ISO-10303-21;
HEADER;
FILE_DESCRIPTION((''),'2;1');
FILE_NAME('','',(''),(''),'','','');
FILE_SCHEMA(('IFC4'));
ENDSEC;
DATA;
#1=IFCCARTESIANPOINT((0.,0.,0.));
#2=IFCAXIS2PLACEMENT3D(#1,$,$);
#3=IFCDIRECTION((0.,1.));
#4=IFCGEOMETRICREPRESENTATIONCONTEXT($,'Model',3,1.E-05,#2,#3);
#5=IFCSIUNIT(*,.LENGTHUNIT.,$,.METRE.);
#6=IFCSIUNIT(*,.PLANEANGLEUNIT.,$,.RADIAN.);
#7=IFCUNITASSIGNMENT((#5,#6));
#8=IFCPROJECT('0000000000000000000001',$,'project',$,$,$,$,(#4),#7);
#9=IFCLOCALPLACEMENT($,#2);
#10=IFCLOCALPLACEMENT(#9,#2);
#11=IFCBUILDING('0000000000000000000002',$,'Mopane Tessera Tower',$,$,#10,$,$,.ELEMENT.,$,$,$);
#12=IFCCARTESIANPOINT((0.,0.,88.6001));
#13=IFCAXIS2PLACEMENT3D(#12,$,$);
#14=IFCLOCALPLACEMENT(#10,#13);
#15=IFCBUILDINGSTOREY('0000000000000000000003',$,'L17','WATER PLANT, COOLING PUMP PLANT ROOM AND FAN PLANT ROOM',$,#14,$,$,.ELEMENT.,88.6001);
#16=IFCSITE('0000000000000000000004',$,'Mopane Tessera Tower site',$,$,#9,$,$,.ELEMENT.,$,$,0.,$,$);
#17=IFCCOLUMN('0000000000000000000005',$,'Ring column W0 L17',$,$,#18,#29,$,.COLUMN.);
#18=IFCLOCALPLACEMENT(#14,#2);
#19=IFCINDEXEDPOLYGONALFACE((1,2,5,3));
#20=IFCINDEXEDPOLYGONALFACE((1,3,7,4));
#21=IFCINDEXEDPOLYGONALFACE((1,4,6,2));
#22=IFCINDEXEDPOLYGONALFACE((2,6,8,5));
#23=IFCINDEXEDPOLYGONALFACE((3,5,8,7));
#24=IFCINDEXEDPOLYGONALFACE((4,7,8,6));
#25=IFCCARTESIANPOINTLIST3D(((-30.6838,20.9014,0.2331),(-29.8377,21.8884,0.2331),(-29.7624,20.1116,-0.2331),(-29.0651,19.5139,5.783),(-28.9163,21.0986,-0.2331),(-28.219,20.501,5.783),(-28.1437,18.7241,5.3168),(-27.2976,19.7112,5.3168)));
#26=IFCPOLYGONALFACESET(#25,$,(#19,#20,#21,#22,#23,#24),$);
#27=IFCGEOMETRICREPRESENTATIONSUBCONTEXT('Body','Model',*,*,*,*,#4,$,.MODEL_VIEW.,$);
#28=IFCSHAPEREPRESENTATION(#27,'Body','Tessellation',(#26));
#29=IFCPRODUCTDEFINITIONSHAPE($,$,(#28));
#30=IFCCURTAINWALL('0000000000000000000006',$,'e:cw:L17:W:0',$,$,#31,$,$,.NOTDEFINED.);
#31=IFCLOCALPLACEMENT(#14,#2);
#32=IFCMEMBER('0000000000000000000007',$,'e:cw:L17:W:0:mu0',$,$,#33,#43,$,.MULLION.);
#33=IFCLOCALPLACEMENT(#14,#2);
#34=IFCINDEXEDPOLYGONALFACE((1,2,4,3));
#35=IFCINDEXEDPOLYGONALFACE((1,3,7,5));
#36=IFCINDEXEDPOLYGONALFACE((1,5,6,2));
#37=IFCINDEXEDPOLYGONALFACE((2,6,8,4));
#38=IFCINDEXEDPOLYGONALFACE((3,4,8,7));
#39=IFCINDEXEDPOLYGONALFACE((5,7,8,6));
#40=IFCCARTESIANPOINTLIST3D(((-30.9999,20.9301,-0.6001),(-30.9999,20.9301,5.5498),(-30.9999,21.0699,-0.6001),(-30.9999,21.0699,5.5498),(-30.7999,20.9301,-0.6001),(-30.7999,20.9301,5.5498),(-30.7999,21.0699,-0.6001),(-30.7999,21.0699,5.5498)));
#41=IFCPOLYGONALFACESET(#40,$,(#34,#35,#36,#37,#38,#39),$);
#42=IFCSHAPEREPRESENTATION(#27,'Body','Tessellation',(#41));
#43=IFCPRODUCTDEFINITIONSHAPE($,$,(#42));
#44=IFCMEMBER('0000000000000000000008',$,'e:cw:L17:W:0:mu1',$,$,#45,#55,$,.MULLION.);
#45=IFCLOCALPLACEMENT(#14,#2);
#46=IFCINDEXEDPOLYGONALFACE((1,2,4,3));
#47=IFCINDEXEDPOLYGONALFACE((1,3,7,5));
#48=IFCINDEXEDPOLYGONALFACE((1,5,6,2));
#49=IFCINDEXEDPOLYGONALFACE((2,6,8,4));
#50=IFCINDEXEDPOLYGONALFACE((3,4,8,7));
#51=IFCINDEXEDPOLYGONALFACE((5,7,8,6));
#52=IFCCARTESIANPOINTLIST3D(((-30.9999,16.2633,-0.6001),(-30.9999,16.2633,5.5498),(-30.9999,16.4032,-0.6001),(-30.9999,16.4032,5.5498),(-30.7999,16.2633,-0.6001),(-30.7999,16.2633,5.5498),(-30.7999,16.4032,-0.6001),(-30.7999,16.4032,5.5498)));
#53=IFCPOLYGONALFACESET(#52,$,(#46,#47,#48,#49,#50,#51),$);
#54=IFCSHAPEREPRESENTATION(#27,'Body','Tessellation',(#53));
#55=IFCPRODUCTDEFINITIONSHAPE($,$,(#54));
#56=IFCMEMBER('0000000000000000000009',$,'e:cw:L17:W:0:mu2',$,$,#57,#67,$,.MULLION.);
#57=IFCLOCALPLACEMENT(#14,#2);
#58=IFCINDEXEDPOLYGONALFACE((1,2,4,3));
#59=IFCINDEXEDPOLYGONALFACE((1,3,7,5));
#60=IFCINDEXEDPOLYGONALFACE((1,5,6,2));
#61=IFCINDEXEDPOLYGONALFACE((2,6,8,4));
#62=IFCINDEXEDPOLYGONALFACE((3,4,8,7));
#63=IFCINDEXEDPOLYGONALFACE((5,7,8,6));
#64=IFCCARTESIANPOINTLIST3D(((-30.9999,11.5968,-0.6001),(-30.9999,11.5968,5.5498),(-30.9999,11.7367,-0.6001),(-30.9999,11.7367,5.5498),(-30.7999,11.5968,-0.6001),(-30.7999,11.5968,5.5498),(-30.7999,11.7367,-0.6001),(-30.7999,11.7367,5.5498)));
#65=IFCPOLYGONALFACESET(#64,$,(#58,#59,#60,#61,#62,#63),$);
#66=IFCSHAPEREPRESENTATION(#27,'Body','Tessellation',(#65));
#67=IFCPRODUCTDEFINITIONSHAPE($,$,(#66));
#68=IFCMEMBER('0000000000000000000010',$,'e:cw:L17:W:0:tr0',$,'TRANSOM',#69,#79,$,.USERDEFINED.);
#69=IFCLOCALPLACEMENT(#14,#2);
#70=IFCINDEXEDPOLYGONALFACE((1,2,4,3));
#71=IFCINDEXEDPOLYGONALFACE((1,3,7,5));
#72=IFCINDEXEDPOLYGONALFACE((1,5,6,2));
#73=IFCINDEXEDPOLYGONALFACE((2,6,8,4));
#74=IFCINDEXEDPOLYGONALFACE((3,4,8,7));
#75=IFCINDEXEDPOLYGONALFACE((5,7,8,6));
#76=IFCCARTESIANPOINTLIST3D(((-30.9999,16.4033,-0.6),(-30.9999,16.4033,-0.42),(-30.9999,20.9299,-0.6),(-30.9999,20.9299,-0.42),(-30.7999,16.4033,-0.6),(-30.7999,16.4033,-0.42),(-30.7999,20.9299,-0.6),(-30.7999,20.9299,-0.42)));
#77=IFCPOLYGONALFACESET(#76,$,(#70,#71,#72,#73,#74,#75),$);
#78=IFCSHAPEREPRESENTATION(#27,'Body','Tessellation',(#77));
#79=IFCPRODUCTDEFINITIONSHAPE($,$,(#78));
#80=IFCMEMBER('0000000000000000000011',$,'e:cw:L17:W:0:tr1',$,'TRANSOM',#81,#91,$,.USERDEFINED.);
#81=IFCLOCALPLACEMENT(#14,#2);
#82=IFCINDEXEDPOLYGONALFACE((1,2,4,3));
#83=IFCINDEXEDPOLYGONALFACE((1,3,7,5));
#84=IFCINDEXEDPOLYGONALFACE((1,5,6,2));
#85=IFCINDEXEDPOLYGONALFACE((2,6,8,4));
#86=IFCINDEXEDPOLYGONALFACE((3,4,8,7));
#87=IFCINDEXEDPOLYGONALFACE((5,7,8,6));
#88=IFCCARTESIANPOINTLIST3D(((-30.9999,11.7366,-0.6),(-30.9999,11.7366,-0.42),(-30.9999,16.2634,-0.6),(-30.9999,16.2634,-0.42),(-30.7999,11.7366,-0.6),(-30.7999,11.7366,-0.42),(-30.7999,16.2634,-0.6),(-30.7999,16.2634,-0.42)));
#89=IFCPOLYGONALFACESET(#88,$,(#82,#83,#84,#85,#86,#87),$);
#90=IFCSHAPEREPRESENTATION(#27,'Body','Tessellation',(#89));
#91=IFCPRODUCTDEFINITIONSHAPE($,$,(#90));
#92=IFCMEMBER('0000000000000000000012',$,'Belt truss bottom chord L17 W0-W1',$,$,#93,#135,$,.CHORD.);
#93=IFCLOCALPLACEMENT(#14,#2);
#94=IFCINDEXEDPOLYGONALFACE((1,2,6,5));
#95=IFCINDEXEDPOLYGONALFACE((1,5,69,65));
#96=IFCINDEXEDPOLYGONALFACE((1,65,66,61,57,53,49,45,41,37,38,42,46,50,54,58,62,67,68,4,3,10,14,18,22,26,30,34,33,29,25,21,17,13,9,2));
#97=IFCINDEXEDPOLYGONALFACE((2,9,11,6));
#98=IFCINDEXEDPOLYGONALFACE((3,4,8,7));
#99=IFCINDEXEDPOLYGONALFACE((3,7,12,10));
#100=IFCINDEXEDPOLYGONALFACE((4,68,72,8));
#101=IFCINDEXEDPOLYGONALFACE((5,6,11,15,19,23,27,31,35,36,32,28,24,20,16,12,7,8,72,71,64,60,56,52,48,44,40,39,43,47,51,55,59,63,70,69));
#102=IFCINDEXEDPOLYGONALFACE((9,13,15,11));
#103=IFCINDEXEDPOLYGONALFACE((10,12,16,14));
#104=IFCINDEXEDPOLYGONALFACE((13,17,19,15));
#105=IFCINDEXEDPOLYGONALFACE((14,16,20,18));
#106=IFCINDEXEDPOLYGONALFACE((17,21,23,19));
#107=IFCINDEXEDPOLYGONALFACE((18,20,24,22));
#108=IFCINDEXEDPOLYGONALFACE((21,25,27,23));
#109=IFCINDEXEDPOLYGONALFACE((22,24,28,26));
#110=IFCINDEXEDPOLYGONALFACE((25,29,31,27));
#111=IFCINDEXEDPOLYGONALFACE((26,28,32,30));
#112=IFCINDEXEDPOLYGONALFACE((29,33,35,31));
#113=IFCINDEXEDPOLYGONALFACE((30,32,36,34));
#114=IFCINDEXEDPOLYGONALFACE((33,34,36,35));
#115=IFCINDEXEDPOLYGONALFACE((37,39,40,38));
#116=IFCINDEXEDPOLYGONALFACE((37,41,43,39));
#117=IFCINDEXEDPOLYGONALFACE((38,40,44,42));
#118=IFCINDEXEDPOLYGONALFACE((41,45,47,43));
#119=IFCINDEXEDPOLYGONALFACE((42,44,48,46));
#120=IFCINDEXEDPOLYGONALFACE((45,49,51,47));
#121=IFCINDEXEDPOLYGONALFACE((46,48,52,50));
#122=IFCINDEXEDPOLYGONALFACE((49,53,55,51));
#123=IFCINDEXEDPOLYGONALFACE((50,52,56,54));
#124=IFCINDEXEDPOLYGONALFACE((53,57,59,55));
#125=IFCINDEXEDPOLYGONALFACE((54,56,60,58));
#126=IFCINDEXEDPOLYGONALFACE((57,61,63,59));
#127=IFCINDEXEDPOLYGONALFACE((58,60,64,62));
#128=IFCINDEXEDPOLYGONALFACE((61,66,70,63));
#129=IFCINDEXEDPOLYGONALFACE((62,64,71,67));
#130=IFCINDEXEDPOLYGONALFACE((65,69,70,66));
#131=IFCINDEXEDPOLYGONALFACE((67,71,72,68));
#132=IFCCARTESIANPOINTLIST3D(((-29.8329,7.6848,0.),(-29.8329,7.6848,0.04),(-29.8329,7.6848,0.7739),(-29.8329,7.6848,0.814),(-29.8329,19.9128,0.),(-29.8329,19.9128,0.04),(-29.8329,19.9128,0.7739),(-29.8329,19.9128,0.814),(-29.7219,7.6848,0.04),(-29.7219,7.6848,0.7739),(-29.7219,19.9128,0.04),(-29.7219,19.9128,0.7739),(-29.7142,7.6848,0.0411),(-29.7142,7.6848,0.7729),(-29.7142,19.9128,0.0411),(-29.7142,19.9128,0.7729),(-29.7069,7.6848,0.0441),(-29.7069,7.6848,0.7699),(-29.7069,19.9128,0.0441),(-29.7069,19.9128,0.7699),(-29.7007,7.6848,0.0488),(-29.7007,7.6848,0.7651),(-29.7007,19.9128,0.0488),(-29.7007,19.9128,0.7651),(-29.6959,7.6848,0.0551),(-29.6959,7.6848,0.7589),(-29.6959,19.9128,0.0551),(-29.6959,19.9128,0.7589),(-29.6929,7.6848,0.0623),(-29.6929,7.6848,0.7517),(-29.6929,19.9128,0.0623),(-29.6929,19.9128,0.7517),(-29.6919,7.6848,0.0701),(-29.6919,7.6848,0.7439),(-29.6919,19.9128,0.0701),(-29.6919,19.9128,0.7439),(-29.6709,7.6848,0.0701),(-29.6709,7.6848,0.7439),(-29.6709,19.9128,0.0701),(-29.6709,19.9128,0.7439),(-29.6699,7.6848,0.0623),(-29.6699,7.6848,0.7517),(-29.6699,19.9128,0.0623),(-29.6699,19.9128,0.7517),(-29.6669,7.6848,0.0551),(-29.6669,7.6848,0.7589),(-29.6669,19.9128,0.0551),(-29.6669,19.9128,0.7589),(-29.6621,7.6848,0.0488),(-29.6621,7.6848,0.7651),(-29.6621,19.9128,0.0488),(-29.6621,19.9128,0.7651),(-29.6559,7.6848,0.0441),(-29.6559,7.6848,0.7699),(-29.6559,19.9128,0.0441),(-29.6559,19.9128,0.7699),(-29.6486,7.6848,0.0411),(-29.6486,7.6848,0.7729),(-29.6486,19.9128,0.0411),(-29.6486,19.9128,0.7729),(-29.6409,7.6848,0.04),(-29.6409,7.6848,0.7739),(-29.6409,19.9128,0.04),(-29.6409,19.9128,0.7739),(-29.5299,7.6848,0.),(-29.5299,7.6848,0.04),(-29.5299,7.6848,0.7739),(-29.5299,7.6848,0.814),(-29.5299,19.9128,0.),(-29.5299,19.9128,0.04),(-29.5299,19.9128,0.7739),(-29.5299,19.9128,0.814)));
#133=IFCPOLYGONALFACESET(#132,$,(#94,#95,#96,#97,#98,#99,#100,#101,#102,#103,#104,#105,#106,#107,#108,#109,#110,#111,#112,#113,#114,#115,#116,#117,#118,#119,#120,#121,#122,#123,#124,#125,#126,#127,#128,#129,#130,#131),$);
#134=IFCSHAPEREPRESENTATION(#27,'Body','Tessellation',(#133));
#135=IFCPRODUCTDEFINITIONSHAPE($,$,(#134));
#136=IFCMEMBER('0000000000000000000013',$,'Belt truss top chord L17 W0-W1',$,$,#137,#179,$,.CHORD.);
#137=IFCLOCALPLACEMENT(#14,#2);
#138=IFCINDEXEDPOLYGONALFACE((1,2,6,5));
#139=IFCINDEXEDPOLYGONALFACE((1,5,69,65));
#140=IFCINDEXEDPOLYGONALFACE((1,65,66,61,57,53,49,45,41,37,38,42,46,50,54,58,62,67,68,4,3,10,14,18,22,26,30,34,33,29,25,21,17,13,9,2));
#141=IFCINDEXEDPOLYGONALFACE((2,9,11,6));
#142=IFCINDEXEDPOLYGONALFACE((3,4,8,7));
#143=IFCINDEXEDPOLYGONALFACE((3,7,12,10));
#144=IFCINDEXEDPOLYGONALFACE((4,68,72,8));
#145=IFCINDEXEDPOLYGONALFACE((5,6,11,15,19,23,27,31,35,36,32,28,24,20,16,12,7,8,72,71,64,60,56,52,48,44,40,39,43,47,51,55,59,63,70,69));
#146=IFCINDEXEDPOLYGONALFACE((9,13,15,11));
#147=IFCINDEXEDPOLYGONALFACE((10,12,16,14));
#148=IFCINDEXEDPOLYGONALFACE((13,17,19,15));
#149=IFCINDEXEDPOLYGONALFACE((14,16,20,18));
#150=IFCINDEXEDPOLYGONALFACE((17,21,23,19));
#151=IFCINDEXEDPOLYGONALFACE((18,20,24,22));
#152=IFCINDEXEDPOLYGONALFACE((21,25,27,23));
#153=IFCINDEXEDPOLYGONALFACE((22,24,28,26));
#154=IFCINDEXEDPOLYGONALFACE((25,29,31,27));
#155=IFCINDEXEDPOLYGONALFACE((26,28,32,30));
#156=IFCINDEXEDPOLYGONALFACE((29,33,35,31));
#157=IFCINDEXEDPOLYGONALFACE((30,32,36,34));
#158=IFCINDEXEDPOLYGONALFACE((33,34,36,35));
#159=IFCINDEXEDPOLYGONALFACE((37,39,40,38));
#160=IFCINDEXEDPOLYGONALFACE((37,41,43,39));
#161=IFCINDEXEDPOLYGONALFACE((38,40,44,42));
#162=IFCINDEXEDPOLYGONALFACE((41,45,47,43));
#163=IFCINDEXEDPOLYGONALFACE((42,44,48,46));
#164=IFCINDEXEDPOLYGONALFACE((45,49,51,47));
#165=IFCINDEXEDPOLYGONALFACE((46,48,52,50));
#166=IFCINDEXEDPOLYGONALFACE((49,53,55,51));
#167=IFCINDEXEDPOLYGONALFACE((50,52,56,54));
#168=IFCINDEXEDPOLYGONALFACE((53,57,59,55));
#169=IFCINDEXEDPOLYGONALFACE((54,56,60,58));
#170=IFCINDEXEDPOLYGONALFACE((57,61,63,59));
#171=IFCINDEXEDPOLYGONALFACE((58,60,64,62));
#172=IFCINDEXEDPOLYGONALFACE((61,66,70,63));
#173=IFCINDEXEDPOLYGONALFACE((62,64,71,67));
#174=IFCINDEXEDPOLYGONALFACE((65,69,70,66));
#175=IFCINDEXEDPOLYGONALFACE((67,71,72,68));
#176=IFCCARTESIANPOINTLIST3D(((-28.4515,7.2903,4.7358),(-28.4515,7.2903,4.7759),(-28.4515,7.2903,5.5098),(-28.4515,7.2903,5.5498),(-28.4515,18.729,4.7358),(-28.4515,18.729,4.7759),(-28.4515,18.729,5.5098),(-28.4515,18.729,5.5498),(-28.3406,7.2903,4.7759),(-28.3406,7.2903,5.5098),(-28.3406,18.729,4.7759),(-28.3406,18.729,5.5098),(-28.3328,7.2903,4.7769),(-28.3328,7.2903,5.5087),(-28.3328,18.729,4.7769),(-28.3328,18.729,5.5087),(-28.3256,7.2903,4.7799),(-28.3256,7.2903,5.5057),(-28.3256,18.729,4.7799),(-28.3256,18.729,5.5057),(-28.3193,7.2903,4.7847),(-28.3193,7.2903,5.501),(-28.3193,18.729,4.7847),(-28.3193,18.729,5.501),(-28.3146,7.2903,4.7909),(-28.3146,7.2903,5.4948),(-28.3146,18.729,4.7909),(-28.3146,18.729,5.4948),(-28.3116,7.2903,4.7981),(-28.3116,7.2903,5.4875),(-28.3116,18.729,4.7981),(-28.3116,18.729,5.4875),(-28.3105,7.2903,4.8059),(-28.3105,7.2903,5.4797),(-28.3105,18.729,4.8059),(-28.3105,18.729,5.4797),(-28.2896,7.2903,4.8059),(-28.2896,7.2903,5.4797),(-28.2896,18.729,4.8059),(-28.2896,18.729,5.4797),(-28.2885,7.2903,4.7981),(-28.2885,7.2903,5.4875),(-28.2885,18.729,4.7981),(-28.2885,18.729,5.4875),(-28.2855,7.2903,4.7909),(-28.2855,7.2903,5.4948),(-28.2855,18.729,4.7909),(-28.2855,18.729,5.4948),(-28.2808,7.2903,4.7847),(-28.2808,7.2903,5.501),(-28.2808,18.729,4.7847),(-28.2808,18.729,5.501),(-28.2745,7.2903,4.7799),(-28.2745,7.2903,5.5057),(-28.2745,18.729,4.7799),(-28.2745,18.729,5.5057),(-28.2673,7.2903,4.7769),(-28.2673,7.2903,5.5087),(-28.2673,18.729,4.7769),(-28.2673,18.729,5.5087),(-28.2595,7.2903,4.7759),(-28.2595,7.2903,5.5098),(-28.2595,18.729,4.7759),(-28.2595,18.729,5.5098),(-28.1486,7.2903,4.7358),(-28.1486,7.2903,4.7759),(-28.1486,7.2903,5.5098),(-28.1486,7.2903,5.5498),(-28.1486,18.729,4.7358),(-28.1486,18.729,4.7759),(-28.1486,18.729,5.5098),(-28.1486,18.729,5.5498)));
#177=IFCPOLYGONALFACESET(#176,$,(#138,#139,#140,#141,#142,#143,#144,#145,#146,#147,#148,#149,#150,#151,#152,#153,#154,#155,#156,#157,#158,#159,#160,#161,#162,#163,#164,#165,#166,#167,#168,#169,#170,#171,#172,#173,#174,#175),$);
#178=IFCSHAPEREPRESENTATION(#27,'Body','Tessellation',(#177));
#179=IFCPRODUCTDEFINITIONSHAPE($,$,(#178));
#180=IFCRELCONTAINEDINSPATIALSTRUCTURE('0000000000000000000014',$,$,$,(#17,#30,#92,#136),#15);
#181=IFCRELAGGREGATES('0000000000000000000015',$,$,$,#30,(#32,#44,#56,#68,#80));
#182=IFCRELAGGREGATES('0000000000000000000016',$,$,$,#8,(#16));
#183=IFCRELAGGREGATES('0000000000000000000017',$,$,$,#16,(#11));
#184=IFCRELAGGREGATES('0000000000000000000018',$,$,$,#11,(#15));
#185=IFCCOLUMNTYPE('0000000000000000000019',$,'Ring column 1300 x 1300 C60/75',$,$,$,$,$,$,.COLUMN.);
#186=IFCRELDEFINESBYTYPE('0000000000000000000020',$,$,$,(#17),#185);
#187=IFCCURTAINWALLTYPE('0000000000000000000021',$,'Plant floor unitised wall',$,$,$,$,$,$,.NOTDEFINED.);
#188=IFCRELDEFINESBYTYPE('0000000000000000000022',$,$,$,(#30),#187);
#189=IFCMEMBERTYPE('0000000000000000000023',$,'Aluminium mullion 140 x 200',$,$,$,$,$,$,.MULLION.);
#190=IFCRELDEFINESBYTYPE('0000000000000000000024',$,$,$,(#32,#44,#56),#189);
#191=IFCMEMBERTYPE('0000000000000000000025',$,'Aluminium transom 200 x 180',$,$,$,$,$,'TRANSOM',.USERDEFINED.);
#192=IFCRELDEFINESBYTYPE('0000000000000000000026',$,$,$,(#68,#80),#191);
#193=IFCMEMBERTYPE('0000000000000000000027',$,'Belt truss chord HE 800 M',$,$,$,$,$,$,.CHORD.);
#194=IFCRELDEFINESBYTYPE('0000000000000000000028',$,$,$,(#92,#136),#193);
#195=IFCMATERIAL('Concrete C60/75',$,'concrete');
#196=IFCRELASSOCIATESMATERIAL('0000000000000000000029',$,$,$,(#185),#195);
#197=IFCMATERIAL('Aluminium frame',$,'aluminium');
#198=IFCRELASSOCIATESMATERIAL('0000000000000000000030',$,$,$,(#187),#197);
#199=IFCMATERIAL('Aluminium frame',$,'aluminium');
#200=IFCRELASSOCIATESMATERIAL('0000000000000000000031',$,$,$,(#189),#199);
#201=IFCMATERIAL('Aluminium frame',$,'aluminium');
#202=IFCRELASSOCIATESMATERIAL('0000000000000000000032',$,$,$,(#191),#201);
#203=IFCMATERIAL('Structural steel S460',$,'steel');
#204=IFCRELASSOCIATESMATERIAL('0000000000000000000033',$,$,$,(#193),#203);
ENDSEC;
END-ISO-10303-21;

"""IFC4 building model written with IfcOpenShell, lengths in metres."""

from ifc_helpers import new_model, si_unit, direction, frame, origin, origin_2d, place, context, subcontext, project, spatial, rectangle, i_section, extrude, material, material_profile, profile_set, type_object, element, aggregate, save


model = new_model("IFC4")

# Units and contexts
model_context = context("Model", 3, precision=1e-05, world=origin(), true_north=direction((0.0, 1.0)))
body_context = subcontext(model_context, "Body", "Model", "MODEL_VIEW")
ifc_project = project(units=[si_unit("LENGTHUNIT", "METRE"), si_unit("PLANEANGLEUNIT", "RADIAN")], contexts=[model_context])

# Site, building, storey
site_placement = place(None, origin())
site = spatial("IfcSite", under=ifc_project, at=site_placement, Name="Mopane Tessera Tower site", CompositionType="ELEMENT", RefElevation=0.0)
building_placement = place(site_placement, origin())
building = spatial("IfcBuilding", under=site, at=building_placement, Name="Mopane Tessera Tower", CompositionType="ELEMENT")
storey_placement = place(building_placement, frame((0.0, 0.0, 88.6001)))
storey = spatial("IfcBuildingStorey", under=building, at=storey_placement, Name="L17", Description="WATER PLANT, COOLING PUMP PLANT ROOM AND FAN PLANT ROOM", CompositionType="ELEMENT", Elevation=88.6001)

# Column
ifc_material_1 = material(Name="Concrete C60/75", Category="concrete")
ifc_material_profile_1 = material_profile(ifc_material_1, rectangle(XDim=1.3, YDim=1.3, at=origin_2d()))
ifc_profile_set_1 = profile_set([ifc_material_profile_1], Name="Concrete C60/75")
column_type = type_object("IfcColumnType", Name="Ring column 1300 x 1300 C60/75", PredefinedType="COLUMN", material=ifc_profile_set_1)
column_placement = place(storey_placement, frame((-29.8, 21.0, 0.0), z_axis=(0.272262, -0.233373, 0.933494), x_axis=(0.650801, 0.759249, 0.0)))
element("IfcColumn", 1, at=column_placement, inside=storey, type_object=column_type, Name="Ring column W0 L17", PredefinedType="COLUMN", context=body_context, shape_type="SweptSolid", body=[
    extrude(rectangle(XDim=1.3, YDim=1.3, at=origin_2d()), origin(), (0.0, 0.0, 1.0), 5.9453),
])

# Curtain wall, members
ifc_material_2 = material(Name="Aluminium frame", Category="aluminium")
curtain_wall_type = type_object("IfcCurtainWallType", Name="Plant floor unitised wall", PredefinedType="NOTDEFINED", material=ifc_material_2)
curtain_wall_placement = place(storey_placement, origin())
curtain_wall = element("IfcCurtainWall", 2, at=curtain_wall_placement, inside=storey, type_object=curtain_wall_type, Name="e:cw:L17:W:0", PredefinedType="NOTDEFINED")
ifc_material_3 = material(Name="Aluminium frame", Category="aluminium")
ifc_material_profile_2 = material_profile(ifc_material_3, rectangle(XDim=0.1399, YDim=0.2, at=origin_2d()))
ifc_profile_set_2 = profile_set([ifc_material_profile_2], Name="Aluminium frame")
member_type_1 = type_object("IfcMemberType", Name="Aluminium mullion 140 x 200", PredefinedType="MULLION", material=ifc_profile_set_2)
member_1_placement = place(storey_placement, frame((-30.8999, 21.0, -0.6001), z_axis=(0.0, 0.0, 1.0), x_axis=(0.0, -1.0, 0.0)))
member_1 = element("IfcMember", 3, at=member_1_placement, type_object=member_type_1, Name="e:cw:L17:W:0:mu0", PredefinedType="MULLION", context=body_context, shape_type="SweptSolid", body=[
    extrude(rectangle(XDim=0.1399, YDim=0.2, at=origin_2d()), origin(), (0.0, 0.0, 1.0), 6.1499),
])
member_2_placement = place(storey_placement, frame((-30.8999, 16.3333, -0.6001), z_axis=(0.0, 0.0, 1.0), x_axis=(0.0, -1.0, 0.0)))
member_2 = element("IfcMember", 4, at=member_2_placement, type_object=member_type_1, Name="e:cw:L17:W:0:mu1", PredefinedType="MULLION", context=body_context, shape_type="SweptSolid", body=[
    extrude(rectangle(XDim=0.1399, YDim=0.2, at=origin_2d()), origin(), (0.0, 0.0, 1.0), 6.1499),
])
member_3_placement = place(storey_placement, frame((-30.8999, 11.6667, -0.6001), z_axis=(0.0, 0.0, 1.0), x_axis=(0.0, -1.0, 0.0)))
member_3 = element("IfcMember", 5, at=member_3_placement, type_object=member_type_1, Name="e:cw:L17:W:0:mu2", PredefinedType="MULLION", context=body_context, shape_type="SweptSolid", body=[
    extrude(rectangle(XDim=0.1399, YDim=0.2, at=origin_2d()), origin(), (0.0, 0.0, 1.0), 6.1499),
])
ifc_material_4 = material(Name="Aluminium frame", Category="aluminium")
ifc_material_profile_3 = material_profile(ifc_material_4, rectangle(XDim=0.2, YDim=0.1799, at=origin_2d()))
ifc_profile_set_3 = profile_set([ifc_material_profile_3], Name="Aluminium frame")
member_type_2 = type_object("IfcMemberType", Name="Aluminium transom 200 x 180", ElementType="TRANSOM", PredefinedType="USERDEFINED", material=ifc_profile_set_3)
member_4_placement = place(storey_placement, frame((-30.8999, 20.9299, -0.51), z_axis=(0.0, -1.0, 0.0), x_axis=(1.0, 0.0, 0.0)))
member_4 = element("IfcMember", 6, at=member_4_placement, type_object=member_type_2, Name="e:cw:L17:W:0:tr0", ObjectType="TRANSOM", PredefinedType="USERDEFINED", context=body_context, shape_type="SweptSolid", body=[
    extrude(rectangle(XDim=0.2, YDim=0.1799, at=origin_2d()), origin(), (0.0, 0.0, 1.0), 4.5266),
])
member_5_placement = place(storey_placement, frame((-30.8999, 16.2634, -0.51), z_axis=(0.0, -1.0, 0.0), x_axis=(1.0, 0.0, 0.0)))
member_5 = element("IfcMember", 7, at=member_5_placement, type_object=member_type_2, Name="e:cw:L17:W:0:tr1", ObjectType="TRANSOM", PredefinedType="USERDEFINED", context=body_context, shape_type="SweptSolid", body=[
    extrude(rectangle(XDim=0.2, YDim=0.1799, at=origin_2d()), origin(), (0.0, 0.0, 1.0), 4.5269),
])

# Members
ifc_material_5 = material(Name="Structural steel S460", Category="steel")
ifc_material_profile_4 = material_profile(ifc_material_5, i_section(OverallWidth=0.303, OverallDepth=0.814, WebThickness=0.021, FlangeThickness=0.04, FilletRadius=0.03, at=origin_2d()))
ifc_profile_set_4 = profile_set([ifc_material_profile_4], Name="Structural steel S460")
member_type_3 = type_object("IfcMemberType", Name="Belt truss chord HE 800 M", PredefinedType="CHORD", material=ifc_profile_set_4)
member_6_placement = place(storey_placement, frame((-29.6814, 19.9128, 0.407), z_axis=(0.0, -1.0, 0.0), x_axis=(1.0, 0.0, 0.0)))
element("IfcMember", 8, at=member_6_placement, inside=storey, type_object=member_type_3, Name="Belt truss bottom chord L17 W0-W1", PredefinedType="CHORD", context=body_context, shape_type="SweptSolid", body=[
    extrude(i_section(OverallWidth=0.303, OverallDepth=0.814, WebThickness=0.021, FlangeThickness=0.04, FilletRadius=0.03, at=origin_2d()), origin(), (0.0, 0.0, 1.0), 12.228),
])
member_7_placement = place(storey_placement, frame((-28.3, 18.729, 5.1428), z_axis=(0.0, -1.0, 0.0), x_axis=(1.0, 0.0, 0.0)))
element("IfcMember", 9, at=member_7_placement, inside=storey, type_object=member_type_3, Name="Belt truss top chord L17 W0-W1", PredefinedType="CHORD", context=body_context, shape_type="SweptSolid", body=[
    extrude(i_section(OverallWidth=0.303, OverallDepth=0.814, WebThickness=0.021, FlangeThickness=0.04, FilletRadius=0.03, at=origin_2d()), origin(), (0.0, 0.0, 1.0), 11.4387),
])

aggregate(curtain_wall, [member_1, member_2, member_3, member_4, member_5])

save(model, "model.ifc")
